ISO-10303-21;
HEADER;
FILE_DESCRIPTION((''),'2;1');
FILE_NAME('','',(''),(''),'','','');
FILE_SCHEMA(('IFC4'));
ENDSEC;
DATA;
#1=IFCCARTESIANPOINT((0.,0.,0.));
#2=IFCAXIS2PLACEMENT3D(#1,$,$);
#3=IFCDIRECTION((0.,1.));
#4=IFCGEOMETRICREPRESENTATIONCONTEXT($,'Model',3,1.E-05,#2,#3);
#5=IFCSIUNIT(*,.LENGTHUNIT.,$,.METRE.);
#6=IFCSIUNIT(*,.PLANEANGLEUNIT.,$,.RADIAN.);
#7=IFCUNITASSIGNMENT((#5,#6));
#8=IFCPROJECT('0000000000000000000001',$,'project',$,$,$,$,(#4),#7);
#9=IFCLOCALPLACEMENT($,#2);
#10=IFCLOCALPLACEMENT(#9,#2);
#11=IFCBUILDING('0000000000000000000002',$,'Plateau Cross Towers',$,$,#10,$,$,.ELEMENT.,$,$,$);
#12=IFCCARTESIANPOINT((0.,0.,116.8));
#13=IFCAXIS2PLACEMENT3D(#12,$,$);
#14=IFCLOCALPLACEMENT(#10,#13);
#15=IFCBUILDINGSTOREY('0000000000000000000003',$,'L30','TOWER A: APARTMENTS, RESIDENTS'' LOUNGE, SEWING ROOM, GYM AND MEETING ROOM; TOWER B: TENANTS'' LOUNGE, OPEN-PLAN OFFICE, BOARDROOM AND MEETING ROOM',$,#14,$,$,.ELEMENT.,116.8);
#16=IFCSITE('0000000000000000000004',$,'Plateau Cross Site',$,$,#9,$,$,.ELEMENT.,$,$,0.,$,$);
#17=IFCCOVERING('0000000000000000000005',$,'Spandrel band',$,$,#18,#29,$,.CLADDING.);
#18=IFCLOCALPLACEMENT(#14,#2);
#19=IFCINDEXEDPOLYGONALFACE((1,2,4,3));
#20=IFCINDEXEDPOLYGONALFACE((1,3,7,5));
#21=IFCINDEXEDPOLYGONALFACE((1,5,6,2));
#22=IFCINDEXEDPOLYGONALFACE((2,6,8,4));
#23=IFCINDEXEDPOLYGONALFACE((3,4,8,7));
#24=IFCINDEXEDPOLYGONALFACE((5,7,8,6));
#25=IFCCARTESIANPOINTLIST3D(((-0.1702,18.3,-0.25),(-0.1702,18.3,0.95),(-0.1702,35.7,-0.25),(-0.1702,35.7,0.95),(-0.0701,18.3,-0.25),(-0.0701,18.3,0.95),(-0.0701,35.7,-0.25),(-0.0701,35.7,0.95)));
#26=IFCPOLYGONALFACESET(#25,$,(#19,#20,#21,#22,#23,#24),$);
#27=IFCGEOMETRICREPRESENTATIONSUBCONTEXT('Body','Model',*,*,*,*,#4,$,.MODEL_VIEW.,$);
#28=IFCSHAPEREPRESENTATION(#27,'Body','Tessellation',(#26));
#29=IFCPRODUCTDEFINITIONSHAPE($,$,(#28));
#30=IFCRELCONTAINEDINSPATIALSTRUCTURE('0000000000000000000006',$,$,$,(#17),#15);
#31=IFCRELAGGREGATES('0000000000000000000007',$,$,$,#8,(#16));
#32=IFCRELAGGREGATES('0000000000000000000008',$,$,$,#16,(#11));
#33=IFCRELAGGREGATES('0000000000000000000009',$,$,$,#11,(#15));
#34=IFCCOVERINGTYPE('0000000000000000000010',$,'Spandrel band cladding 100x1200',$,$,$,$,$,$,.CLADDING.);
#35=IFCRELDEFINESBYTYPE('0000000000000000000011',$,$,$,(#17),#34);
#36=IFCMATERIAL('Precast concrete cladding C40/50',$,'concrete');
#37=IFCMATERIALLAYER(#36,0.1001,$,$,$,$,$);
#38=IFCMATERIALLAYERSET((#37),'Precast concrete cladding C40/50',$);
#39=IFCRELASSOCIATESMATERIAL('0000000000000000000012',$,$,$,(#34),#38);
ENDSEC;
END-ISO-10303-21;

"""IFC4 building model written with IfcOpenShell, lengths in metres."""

from ifc_helpers import new_model, si_unit, direction, frame, origin, origin_2d, place, context, subcontext, project, spatial, rectangle, extrude, material, layer, layer_set, type_object, element, save


model = new_model("IFC4")

# Units and contexts
model_context = context("Model", 3, precision=1e-05, world=origin(), true_north=direction((0.0, 1.0)))
body_context = subcontext(model_context, "Body", "Model", "MODEL_VIEW")
ifc_project = project(units=[si_unit("LENGTHUNIT", "METRE"), si_unit("PLANEANGLEUNIT", "RADIAN")], contexts=[model_context])

# Site, building, storey
site_placement = place(None, origin())
site = spatial("IfcSite", under=ifc_project, at=site_placement, Name="Plateau Cross Site", CompositionType="ELEMENT", RefElevation=0.0)
building_placement = place(site_placement, origin())
building = spatial("IfcBuilding", under=site, at=building_placement, Name="Plateau Cross Towers", CompositionType="ELEMENT")
storey_placement = place(building_placement, frame((0.0, 0.0, 116.8)))
storey = spatial("IfcBuildingStorey", under=building, at=storey_placement, Name="L30", Description="TOWER A: APARTMENTS, RESIDENTS' LOUNGE, SEWING ROOM, GYM AND MEETING ROOM; TOWER B: TENANTS' LOUNGE, OPEN-PLAN OFFICE, BOARDROOM AND MEETING ROOM", CompositionType="ELEMENT", Elevation=116.8)

# Covering
ifc_material_1 = material(Name="Precast concrete cladding C40/50", Category="concrete")
ifc_layer_1 = layer(ifc_material_1, 0.1001)
ifc_layer_set_1 = layer_set([ifc_layer_1], Name="Precast concrete cladding C40/50")
covering_type = type_object("IfcCoveringType", Name="Spandrel band cladding 100x1200", PredefinedType="CLADDING", material=ifc_layer_set_1)
covering_placement = place(storey_placement, frame((-0.1201, 27.0, -0.25), z_axis=(0.0, 0.0, 1.0), x_axis=(0.0, -1.0, 0.0)))
element("IfcCovering", 1, at=covering_placement, inside=storey, type_object=covering_type, Name="Spandrel band", PredefinedType="CLADDING", context=body_context, shape_type="SweptSolid", body=[
    extrude(rectangle(XDim=17.3999, YDim=0.1001, at=origin_2d()), origin(), (0.0, 0.0, 1.0), 1.2),
])

save(model, "model.ifc")
